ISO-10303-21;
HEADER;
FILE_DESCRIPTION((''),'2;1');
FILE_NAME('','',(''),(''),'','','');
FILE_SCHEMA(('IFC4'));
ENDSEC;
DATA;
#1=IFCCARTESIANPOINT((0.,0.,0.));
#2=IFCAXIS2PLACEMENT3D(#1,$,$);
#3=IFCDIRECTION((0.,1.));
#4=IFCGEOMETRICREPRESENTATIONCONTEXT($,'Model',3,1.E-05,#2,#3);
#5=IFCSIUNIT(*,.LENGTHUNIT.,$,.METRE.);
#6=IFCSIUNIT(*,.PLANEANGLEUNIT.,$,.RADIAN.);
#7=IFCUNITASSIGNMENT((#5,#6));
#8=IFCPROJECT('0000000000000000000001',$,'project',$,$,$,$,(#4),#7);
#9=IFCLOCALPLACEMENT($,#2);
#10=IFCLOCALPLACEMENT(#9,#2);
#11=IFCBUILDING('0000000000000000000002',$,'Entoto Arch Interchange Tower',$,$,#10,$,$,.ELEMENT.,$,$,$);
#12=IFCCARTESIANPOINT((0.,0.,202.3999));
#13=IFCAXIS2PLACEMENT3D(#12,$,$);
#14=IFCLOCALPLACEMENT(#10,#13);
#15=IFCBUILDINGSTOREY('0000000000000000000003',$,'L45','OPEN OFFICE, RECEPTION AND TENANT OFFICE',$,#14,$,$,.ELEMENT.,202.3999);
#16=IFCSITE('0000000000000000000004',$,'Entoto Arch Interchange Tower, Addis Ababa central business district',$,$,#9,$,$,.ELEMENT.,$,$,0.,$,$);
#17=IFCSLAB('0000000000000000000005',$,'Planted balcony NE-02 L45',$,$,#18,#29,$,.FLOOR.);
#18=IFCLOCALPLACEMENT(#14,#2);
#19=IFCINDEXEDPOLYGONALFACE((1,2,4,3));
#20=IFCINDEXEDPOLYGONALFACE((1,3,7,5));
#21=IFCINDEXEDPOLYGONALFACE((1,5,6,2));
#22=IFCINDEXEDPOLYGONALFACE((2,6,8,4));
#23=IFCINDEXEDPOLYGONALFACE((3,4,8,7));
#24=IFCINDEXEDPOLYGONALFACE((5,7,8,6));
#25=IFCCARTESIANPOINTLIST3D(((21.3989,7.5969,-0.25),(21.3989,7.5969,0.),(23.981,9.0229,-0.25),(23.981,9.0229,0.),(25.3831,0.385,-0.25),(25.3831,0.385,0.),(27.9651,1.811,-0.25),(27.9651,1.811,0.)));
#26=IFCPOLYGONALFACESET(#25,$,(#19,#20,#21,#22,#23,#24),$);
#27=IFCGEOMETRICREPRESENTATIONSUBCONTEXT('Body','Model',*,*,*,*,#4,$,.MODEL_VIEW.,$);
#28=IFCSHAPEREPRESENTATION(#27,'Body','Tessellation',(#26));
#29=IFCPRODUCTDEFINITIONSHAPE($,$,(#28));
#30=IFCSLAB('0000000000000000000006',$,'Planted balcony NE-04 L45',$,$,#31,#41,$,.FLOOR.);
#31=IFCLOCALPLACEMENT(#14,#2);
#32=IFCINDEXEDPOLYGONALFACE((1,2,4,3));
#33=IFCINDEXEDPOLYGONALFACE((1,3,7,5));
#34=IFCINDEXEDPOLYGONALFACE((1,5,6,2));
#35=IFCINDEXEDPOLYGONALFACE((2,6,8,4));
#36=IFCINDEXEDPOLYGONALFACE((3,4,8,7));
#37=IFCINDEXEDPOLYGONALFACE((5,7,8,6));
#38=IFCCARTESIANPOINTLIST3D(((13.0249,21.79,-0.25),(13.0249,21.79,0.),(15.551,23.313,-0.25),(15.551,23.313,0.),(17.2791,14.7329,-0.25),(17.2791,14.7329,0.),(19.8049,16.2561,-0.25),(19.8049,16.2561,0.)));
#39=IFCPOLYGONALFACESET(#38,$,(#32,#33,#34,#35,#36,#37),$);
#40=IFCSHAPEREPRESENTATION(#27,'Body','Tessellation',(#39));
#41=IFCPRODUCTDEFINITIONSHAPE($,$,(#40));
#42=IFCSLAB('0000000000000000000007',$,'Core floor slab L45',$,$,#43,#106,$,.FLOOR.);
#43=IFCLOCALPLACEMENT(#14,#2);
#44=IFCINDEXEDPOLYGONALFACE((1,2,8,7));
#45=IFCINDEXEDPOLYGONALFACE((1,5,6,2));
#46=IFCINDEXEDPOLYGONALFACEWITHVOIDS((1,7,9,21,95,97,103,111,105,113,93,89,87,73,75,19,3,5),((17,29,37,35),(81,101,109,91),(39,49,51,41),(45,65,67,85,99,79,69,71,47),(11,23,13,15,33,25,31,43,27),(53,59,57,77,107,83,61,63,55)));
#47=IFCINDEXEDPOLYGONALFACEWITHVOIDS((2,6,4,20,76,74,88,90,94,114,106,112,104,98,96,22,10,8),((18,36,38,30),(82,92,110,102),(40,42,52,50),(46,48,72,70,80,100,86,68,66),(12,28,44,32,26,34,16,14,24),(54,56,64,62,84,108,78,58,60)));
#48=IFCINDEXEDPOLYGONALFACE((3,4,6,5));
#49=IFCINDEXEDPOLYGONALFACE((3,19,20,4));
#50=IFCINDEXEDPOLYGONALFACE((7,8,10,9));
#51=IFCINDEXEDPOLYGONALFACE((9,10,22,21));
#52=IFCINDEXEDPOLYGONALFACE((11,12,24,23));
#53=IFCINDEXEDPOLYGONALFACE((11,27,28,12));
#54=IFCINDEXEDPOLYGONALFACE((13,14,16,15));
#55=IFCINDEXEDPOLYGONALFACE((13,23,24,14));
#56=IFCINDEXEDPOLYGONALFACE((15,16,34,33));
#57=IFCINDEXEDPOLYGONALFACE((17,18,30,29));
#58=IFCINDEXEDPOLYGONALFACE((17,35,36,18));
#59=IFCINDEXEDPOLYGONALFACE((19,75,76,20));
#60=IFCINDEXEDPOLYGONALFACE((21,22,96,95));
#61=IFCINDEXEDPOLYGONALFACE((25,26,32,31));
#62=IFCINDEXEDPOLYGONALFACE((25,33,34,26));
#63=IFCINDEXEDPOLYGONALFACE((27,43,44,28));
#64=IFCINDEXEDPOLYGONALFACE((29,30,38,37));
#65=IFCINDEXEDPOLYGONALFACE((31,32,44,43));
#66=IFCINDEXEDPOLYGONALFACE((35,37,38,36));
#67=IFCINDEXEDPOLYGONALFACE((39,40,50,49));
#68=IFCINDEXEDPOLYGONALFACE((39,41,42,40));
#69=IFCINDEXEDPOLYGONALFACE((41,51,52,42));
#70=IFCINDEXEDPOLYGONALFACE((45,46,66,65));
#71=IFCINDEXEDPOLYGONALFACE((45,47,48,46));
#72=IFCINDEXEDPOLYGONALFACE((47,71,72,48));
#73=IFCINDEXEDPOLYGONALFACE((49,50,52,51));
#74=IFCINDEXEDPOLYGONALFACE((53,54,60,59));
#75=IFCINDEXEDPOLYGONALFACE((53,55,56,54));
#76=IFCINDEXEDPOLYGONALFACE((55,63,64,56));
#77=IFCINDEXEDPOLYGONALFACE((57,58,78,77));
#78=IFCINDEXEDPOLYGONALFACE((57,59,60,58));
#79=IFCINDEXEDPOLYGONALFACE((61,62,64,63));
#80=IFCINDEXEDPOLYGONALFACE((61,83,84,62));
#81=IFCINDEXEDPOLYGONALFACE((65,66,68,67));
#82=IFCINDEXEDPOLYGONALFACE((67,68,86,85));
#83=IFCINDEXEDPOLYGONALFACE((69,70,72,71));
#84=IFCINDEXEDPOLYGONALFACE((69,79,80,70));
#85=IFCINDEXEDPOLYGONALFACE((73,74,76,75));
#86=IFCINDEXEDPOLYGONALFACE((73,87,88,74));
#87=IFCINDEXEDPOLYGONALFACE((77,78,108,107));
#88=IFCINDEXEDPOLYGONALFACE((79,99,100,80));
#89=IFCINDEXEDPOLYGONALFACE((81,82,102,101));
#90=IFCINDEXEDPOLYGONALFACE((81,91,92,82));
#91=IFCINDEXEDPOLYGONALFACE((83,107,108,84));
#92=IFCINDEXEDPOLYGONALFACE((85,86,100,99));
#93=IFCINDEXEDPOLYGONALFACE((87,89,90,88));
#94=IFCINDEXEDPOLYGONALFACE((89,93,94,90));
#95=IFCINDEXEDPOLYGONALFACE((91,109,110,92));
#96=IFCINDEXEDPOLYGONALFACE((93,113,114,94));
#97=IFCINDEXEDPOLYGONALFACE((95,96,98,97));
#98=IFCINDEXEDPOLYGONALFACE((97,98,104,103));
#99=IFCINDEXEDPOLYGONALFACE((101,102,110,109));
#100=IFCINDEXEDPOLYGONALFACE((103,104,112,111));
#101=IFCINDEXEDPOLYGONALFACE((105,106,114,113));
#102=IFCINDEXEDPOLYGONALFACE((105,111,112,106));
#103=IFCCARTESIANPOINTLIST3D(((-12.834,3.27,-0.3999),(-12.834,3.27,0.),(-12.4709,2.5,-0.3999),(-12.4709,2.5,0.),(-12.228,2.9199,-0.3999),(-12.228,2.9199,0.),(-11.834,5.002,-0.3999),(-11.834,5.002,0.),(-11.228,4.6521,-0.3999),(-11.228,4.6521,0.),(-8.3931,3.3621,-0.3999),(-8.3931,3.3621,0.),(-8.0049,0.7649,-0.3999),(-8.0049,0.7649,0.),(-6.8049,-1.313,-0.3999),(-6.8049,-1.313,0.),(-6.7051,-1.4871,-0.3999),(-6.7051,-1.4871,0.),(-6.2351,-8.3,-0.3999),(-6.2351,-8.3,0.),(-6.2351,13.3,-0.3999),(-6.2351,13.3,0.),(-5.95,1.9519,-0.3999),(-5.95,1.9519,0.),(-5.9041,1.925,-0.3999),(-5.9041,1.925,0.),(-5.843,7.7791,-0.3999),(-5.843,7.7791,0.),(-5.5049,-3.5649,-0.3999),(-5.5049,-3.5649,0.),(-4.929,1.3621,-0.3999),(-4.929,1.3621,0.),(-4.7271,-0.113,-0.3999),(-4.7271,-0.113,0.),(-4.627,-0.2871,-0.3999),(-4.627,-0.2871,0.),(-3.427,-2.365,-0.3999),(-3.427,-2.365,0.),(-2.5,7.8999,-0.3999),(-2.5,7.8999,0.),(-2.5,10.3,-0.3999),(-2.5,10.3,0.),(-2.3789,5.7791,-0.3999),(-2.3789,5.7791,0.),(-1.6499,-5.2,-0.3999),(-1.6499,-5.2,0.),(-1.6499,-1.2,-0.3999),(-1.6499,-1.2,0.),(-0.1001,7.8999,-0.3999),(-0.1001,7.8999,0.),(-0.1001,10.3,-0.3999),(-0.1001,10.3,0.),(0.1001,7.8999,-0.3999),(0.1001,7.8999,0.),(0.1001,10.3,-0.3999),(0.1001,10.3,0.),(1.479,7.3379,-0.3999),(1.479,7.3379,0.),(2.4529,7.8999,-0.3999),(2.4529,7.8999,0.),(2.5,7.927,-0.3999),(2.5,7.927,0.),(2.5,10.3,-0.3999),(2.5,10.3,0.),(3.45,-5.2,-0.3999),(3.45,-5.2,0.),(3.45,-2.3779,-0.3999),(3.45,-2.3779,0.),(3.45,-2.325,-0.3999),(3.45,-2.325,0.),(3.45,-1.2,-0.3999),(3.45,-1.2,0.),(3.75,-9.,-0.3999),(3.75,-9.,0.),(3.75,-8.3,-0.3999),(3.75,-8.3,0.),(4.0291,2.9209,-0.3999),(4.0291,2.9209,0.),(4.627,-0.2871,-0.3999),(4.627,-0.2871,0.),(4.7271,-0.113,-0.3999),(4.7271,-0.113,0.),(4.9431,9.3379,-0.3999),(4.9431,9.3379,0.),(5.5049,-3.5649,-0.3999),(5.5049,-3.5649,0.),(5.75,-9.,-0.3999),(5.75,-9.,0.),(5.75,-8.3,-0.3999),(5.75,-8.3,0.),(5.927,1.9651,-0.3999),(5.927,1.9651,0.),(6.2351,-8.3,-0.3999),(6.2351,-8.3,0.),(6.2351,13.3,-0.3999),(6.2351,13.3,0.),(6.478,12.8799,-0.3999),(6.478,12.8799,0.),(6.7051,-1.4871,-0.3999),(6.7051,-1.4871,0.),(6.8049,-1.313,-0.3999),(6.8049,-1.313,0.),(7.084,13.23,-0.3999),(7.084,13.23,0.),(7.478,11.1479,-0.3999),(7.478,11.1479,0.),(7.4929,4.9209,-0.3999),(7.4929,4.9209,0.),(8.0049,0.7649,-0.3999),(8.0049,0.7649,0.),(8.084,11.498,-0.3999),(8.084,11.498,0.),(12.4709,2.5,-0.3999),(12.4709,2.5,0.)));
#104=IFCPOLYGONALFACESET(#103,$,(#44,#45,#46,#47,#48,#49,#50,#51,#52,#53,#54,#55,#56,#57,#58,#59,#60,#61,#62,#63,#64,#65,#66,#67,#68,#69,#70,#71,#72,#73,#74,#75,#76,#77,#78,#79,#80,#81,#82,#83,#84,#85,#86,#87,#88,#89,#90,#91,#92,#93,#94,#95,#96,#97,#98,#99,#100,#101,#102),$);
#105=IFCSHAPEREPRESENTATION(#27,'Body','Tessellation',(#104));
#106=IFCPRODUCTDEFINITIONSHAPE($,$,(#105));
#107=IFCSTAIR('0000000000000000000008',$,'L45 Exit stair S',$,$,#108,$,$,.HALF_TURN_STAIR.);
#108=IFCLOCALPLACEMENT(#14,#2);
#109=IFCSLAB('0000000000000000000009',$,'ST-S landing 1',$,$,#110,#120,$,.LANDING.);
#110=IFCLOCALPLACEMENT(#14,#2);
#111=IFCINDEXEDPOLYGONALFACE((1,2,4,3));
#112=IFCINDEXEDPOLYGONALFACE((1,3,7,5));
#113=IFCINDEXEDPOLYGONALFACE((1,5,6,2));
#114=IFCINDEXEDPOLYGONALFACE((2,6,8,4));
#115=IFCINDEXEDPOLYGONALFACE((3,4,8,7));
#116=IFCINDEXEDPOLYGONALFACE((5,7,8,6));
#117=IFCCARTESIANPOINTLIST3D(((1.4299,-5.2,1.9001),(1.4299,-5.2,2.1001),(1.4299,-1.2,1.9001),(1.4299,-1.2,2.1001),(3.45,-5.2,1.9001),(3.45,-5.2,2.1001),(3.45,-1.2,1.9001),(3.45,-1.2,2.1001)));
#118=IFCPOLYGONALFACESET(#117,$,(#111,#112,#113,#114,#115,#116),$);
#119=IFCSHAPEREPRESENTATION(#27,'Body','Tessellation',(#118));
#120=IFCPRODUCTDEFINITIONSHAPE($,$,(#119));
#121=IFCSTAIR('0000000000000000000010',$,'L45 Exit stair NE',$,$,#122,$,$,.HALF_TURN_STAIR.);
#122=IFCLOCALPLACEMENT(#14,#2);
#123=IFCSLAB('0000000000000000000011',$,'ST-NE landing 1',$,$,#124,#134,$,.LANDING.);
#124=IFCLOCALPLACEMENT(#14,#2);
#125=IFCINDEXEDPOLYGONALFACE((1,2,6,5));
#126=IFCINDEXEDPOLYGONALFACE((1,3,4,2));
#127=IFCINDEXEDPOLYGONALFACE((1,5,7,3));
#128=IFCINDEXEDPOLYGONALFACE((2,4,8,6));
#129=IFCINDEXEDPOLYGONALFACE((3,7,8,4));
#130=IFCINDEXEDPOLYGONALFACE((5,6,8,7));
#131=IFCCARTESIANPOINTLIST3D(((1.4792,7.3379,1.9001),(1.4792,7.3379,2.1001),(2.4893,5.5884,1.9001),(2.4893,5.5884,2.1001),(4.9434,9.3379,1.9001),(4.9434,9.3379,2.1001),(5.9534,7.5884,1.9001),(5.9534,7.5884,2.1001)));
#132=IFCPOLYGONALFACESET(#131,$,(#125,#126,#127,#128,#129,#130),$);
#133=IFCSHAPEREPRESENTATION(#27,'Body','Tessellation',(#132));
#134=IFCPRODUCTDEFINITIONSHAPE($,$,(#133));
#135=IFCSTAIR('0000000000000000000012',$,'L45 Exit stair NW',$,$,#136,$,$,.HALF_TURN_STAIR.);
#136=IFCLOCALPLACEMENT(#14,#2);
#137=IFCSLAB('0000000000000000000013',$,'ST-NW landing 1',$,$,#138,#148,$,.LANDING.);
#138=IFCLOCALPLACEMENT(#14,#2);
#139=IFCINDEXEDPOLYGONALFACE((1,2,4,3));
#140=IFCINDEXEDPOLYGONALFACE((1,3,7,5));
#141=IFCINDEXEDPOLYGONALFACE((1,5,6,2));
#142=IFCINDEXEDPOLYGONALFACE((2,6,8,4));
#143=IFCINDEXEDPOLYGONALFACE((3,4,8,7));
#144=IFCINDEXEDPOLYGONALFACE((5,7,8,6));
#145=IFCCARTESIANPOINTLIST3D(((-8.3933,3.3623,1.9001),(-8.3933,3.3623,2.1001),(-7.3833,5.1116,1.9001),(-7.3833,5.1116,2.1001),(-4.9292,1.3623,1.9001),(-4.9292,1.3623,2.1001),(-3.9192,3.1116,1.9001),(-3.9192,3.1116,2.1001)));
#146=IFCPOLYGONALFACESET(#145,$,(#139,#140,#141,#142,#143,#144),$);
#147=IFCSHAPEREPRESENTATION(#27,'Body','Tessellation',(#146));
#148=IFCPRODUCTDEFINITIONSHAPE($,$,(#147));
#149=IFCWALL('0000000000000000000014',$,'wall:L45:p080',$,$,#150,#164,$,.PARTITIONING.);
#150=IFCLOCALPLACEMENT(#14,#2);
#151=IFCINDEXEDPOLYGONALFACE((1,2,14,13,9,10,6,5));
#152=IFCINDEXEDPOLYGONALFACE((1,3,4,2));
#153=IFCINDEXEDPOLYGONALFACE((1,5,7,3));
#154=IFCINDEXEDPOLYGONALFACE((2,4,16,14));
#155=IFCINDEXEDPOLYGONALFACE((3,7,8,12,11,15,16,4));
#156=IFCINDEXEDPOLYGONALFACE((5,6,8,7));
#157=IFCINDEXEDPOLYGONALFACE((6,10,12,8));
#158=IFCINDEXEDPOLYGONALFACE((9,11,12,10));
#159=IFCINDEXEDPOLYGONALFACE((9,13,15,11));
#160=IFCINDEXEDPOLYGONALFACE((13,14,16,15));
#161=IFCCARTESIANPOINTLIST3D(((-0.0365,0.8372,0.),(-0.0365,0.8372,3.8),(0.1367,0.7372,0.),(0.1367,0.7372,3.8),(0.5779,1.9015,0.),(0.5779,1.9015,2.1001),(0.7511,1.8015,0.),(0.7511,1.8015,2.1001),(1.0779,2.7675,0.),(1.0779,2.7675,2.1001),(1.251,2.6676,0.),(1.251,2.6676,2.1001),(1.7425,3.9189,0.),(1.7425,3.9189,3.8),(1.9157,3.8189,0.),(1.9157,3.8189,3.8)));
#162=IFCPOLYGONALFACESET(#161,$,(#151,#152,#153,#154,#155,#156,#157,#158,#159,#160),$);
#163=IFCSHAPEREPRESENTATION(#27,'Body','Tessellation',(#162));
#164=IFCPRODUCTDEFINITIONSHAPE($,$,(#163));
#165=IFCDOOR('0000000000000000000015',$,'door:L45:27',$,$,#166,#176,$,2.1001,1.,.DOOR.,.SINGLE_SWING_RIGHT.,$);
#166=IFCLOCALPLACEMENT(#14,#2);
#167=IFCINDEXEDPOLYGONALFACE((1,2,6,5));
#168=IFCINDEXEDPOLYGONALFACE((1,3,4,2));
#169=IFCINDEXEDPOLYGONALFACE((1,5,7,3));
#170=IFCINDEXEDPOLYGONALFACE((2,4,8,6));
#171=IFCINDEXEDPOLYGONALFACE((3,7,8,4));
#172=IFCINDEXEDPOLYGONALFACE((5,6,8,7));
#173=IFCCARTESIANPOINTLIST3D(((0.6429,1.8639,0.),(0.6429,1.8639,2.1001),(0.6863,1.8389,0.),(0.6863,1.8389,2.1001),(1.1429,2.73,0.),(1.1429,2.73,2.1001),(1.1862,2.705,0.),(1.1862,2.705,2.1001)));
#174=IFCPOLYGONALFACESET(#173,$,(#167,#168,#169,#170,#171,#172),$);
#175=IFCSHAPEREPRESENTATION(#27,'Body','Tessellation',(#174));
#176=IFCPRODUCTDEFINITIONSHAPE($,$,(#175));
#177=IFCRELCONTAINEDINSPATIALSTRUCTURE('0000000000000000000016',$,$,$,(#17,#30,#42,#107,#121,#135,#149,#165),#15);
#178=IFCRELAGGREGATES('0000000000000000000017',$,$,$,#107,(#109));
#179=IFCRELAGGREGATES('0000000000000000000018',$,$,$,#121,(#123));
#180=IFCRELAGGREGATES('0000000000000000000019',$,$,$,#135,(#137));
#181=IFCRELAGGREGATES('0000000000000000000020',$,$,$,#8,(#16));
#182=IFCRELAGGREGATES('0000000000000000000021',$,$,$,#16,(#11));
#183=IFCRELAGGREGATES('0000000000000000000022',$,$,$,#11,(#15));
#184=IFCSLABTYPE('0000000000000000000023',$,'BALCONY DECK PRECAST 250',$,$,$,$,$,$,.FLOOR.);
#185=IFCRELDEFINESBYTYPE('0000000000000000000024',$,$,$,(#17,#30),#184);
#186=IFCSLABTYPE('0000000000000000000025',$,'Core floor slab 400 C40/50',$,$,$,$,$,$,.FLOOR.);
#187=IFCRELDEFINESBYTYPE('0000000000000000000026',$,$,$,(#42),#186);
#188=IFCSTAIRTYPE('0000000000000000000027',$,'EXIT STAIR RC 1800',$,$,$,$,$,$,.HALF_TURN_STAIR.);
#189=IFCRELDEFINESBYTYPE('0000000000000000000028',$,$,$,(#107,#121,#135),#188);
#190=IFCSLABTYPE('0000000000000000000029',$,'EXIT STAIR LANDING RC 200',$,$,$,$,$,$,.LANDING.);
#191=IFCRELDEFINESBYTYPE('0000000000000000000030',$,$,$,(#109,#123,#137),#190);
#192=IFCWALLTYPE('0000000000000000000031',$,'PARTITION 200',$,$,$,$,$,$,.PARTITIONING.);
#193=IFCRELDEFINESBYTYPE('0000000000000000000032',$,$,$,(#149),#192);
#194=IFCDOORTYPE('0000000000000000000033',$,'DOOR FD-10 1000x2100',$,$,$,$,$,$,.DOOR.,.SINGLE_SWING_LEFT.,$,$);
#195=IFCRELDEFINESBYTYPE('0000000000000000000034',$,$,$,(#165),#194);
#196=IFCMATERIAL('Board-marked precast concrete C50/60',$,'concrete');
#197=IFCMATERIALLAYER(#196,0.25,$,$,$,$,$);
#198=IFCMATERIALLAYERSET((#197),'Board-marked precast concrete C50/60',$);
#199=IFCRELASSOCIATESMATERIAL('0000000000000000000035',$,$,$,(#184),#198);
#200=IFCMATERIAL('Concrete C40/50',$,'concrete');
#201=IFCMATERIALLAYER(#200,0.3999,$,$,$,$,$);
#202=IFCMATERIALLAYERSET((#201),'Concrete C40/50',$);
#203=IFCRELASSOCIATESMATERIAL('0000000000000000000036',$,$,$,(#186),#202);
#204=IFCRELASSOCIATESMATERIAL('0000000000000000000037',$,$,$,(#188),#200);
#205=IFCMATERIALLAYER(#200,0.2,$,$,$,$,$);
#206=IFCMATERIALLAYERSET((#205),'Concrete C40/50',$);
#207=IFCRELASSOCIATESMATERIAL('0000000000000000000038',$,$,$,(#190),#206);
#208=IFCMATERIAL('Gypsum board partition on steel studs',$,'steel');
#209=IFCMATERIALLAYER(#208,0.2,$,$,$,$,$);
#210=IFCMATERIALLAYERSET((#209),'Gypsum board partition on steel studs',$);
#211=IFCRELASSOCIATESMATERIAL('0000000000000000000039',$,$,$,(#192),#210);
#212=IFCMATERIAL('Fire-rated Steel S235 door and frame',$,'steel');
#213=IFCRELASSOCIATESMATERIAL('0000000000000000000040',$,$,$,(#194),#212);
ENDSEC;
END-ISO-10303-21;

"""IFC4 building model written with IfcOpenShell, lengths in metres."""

from ifc_helpers import new_model, si_unit, direction, frame, frame_2d, origin, place, context, subcontext, project, spatial, polyline, rectangle, outline, extrude, material, layer, layer_set, type_object, element, fill, aggregate, save


model = new_model("IFC4")

# Units and contexts
model_context = context("Model", 3, precision=1e-05, world=origin(), true_north=direction((0.0, 1.0)))
body_context = subcontext(model_context, "Body", "Model", "MODEL_VIEW")
ifc_project = project(units=[si_unit("LENGTHUNIT", "METRE"), si_unit("PLANEANGLEUNIT", "RADIAN")], contexts=[model_context])

# Site, building, storey
site_placement = place(None, origin())
site = spatial("IfcSite", under=ifc_project, at=site_placement, Name="Entoto Arch Interchange Tower, Addis Ababa central business district", CompositionType="ELEMENT", RefElevation=0.0)
building_placement = place(site_placement, origin())
building = spatial("IfcBuilding", under=site, at=building_placement, Name="Entoto Arch Interchange Tower", CompositionType="ELEMENT")
storey_placement = place(building_placement, frame((0.0, 0.0, 202.3999)))
storey = spatial("IfcBuildingStorey", under=building, at=storey_placement, Name="L45", Description="OPEN OFFICE, RECEPTION AND TENANT OFFICE", CompositionType="ELEMENT", Elevation=202.3999)

# Slabs
ifc_material_1 = material(Name="Board-marked precast concrete C50/60", Category="concrete")
ifc_layer_1 = layer(ifc_material_1, 0.25)
ifc_layer_set_1 = layer_set([ifc_layer_1], Name="Board-marked precast concrete C50/60")
slab_type_1 = type_object("IfcSlabType", Name="BALCONY DECK PRECAST 250", PredefinedType="FLOOR", material=ifc_layer_set_1)
slab_1_placement = place(storey_placement, frame((0.0, 0.0, -0.25)))
element("IfcSlab", 1, at=slab_1_placement, inside=storey, type_object=slab_type_1, Name="Planted balcony NE-02 L45", PredefinedType="FLOOR", context=body_context, shape_type="SweptSolid", body=[
    extrude(outline(polyline([(25.3831, 0.385), (21.3989, 7.5969), (23.981, 9.0229), (27.9651, 1.811), (25.3831, 0.385)])), origin(), (0.0, 0.0, 1.0), 0.25),
])
slab_2_placement = place(storey_placement, frame((0.0, 0.0, -0.25)))
element("IfcSlab", 2, at=slab_2_placement, inside=storey, type_object=slab_type_1, Name="Planted balcony NE-04 L45", PredefinedType="FLOOR", context=body_context, shape_type="SweptSolid", body=[
    extrude(outline(polyline([(17.2791, 14.7329), (13.0249, 21.79), (15.551, 23.313), (19.8049, 16.2561), (17.2791, 14.7329)])), origin(), (0.0, 0.0, 1.0), 0.25),
])
ifc_material_2 = material(Name="Concrete C40/50", Category="concrete")
ifc_layer_2 = layer(ifc_material_2, 0.3999)
ifc_layer_set_2 = layer_set([ifc_layer_2], Name="Concrete C40/50")
slab_type_2 = type_object("IfcSlabType", Name="Core floor slab 400 C40/50", PredefinedType="FLOOR", material=ifc_layer_set_2)
slab_3_placement = place(storey_placement, frame((0.0, 0.0, -0.3999)))
element("IfcSlab", 3, at=slab_3_placement, inside=storey, type_object=slab_type_2, Name="Core floor slab L45", PredefinedType="FLOOR", context=body_context, shape_type="SweptSolid", body=[
    extrude(outline(polyline([(5.75, -9.0), (3.75, -9.0), (3.75, -8.3), (-6.2351, -8.3), (-12.4709, 2.5), (-12.228, 2.9199), (-12.834, 3.27), (-11.834, 5.002), (-11.228, 4.6521), (-6.2351, 13.3), (6.2351, 13.3), (6.478, 12.8799), (7.084, 13.23), (8.084, 11.498), (7.478, 11.1479), (12.4709, 2.5), (6.2351, -8.3), (5.75, -8.3), (5.75, -9.0)]), holes=[polyline([(-1.6499, -5.2), (3.45, -5.2), (3.45, -2.3779), (5.5049, -3.5649), (6.7051, -1.4871), (4.627, -0.2871), (3.45, -2.325), (3.45, -1.2), (-1.6499, -1.2), (-1.6499, -5.2)]), polyline([(-4.627, -0.2871), (-6.7051, -1.4871), (-5.5049, -3.5649), (-3.427, -2.365), (-4.627, -0.2871)]), polyline([(-5.9041, 1.925), (-4.929, 1.3621), (-2.3789, 5.7791), (-5.843, 7.7791), (-8.3931, 3.3621), (-5.95, 1.9519), (-8.0049, 0.7649), (-6.8049, -1.313), (-4.7271, -0.113), (-5.9041, 1.925)]), polyline([(4.7271, -0.113), (6.8049, -1.313), (8.0049, 0.7649), (5.927, 1.9651), (4.7271, -0.113)]), polyline([(2.5, 7.927), (2.5, 10.3), (0.1001, 10.3), (0.1001, 7.8999), (2.4529, 7.8999), (1.479, 7.3379), (4.0291, 2.9209), (7.4929, 4.9209), (4.9431, 9.3379), (2.5, 7.927)]), polyline([(-2.5, 7.8999), (-0.1001, 7.8999), (-0.1001, 10.3), (-2.5, 10.3), (-2.5, 7.8999)])]), origin(), (0.0, 0.0, 1.0), 0.3999),
])

# Stairs, slabs
stair_type = type_object("IfcStairType", Name="EXIT STAIR RC 1800", PredefinedType="HALF_TURN_STAIR", material=ifc_material_2)
stair_1_placement = place(storey_placement, origin())
stair_1 = element("IfcStair", 4, at=stair_1_placement, inside=storey, type_object=stair_type, Name="L45 Exit stair S", PredefinedType="HALF_TURN_STAIR")
ifc_layer_3 = layer(ifc_material_2, 0.2)
ifc_layer_set_3 = layer_set([ifc_layer_3], Name="Concrete C40/50")
slab_type_3 = type_object("IfcSlabType", Name="EXIT STAIR LANDING RC 200", PredefinedType="LANDING", material=ifc_layer_set_3)
slab_4_placement = place(storey_placement, frame((0.0, 0.0, 1.9001)))
slab_4 = element("IfcSlab", 5, at=slab_4_placement, type_object=slab_type_3, Name="ST-S landing 1", PredefinedType="LANDING", context=body_context, shape_type="SweptSolid", body=[
    extrude(outline(polyline([(1.4299, -5.2), (3.45, -5.2), (3.45, -1.2), (1.4299, -1.2), (1.4299, -5.2)])), origin(), (0.0, 0.0, 1.0), 0.2),
])
aggregate(stair_1, [slab_4])
stair_2_placement = place(storey_placement, origin())
stair_2 = element("IfcStair", 6, at=stair_2_placement, inside=storey, type_object=stair_type, Name="L45 Exit stair NE", PredefinedType="HALF_TURN_STAIR")
slab_5_placement = place(storey_placement, frame((0.0, 0.0, 1.9001)))
slab_5 = element("IfcSlab", 7, at=slab_5_placement, type_object=slab_type_3, Name="ST-NE landing 1", PredefinedType="LANDING", context=body_context, shape_type="SweptSolid", body=[
    extrude(outline(polyline([(5.9534, 7.5884), (4.9434, 9.3379), (1.4792, 7.3379), (2.4893, 5.5884), (5.9534, 7.5884)])), origin(), (0.0, 0.0, 1.0), 0.2),
])
aggregate(stair_2, [slab_5])
stair_3_placement = place(storey_placement, origin())
stair_3 = element("IfcStair", 8, at=stair_3_placement, inside=storey, type_object=stair_type, Name="L45 Exit stair NW", PredefinedType="HALF_TURN_STAIR")
slab_6_placement = place(storey_placement, frame((0.0, 0.0, 1.9001)))
slab_6 = element("IfcSlab", 9, at=slab_6_placement, type_object=slab_type_3, Name="ST-NW landing 1", PredefinedType="LANDING", context=body_context, shape_type="SweptSolid", body=[
    extrude(outline(polyline([(-7.3833, 5.1116), (-8.3933, 3.3623), (-4.9292, 1.3623), (-3.9192, 3.1116), (-7.3833, 5.1116)])), origin(), (0.0, 0.0, 1.0), 0.2),
])
aggregate(stair_3, [slab_6])

# Wall, opening, door
ifc_material_3 = material(Name="Gypsum board partition on steel studs", Category="steel")
ifc_layer_4 = layer(ifc_material_3, 0.2)
ifc_layer_set_4 = layer_set([ifc_layer_4], Name="Gypsum board partition on steel studs")
wall_type = type_object("IfcWallType", Name="PARTITION 200", PredefinedType="PARTITIONING", material=ifc_layer_set_4)
wall_1_placement = place(storey_placement, frame((0.05, 0.7871, 0.0), z_axis=(0.0, 0.0, 1.0), x_axis=(0.499954, 0.866052, 0.0)))
wall_1 = element("IfcWall", 10, at=wall_1_placement, inside=storey, type_object=wall_type, Name="wall:L45:p080", PredefinedType="PARTITIONING", context=body_context, shape_type="SweptSolid", body=[
    extrude(rectangle(XDim=3.5583, YDim=0.2, at=frame_2d((1.7793, 0.0))), origin(), (0.0, 0.0, 1.0), 3.8),
])
opening_placement = place(wall_1_placement, frame((1.229, 0.0, 0.0)))
opening = element("IfcOpeningElement", 11, at=opening_placement, cuts=wall_1, PredefinedType="OPENING", context=body_context, shape_type="SweptSolid", body=[
    extrude(rectangle(XDim=1.0, YDim=2.1001, at=frame_2d((0.5, 1.05))), frame((0.0, 0.1099, 0.0), z_axis=(0.0, -1.0, 0.0), x_axis=(1.0, 0.0, 0.0)), (0.0, 0.0, 1.0), 0.22),
])
ifc_material_4 = material(Name="Fire-rated Steel S235 door and frame", Category="steel")
door_type = type_object("IfcDoorType", Name="DOOR FD-10 1000x2100", OperationType="SINGLE_SWING_LEFT", PredefinedType="DOOR", material=ifc_material_4)
door_placement = place(opening_placement, origin())
door = element("IfcDoor", 12, at=door_placement, inside=storey, type_object=door_type, Name="door:L45:27", OperationType="SINGLE_SWING_RIGHT", OverallHeight=2.1001, OverallWidth=1.0, PredefinedType="DOOR", context=body_context, shape_type="SweptSolid", body=[
    extrude(rectangle(XDim=1.0, YDim=2.1001, at=frame_2d((0.5, 1.05))), frame((0.0, 0.0249, 0.0), z_axis=(0.0, -1.0, 0.0), x_axis=(1.0, 0.0, 0.0)), (0.0, 0.0, 1.0), 0.05),
])
fill(opening, door)

save(model, "model.ifc")
